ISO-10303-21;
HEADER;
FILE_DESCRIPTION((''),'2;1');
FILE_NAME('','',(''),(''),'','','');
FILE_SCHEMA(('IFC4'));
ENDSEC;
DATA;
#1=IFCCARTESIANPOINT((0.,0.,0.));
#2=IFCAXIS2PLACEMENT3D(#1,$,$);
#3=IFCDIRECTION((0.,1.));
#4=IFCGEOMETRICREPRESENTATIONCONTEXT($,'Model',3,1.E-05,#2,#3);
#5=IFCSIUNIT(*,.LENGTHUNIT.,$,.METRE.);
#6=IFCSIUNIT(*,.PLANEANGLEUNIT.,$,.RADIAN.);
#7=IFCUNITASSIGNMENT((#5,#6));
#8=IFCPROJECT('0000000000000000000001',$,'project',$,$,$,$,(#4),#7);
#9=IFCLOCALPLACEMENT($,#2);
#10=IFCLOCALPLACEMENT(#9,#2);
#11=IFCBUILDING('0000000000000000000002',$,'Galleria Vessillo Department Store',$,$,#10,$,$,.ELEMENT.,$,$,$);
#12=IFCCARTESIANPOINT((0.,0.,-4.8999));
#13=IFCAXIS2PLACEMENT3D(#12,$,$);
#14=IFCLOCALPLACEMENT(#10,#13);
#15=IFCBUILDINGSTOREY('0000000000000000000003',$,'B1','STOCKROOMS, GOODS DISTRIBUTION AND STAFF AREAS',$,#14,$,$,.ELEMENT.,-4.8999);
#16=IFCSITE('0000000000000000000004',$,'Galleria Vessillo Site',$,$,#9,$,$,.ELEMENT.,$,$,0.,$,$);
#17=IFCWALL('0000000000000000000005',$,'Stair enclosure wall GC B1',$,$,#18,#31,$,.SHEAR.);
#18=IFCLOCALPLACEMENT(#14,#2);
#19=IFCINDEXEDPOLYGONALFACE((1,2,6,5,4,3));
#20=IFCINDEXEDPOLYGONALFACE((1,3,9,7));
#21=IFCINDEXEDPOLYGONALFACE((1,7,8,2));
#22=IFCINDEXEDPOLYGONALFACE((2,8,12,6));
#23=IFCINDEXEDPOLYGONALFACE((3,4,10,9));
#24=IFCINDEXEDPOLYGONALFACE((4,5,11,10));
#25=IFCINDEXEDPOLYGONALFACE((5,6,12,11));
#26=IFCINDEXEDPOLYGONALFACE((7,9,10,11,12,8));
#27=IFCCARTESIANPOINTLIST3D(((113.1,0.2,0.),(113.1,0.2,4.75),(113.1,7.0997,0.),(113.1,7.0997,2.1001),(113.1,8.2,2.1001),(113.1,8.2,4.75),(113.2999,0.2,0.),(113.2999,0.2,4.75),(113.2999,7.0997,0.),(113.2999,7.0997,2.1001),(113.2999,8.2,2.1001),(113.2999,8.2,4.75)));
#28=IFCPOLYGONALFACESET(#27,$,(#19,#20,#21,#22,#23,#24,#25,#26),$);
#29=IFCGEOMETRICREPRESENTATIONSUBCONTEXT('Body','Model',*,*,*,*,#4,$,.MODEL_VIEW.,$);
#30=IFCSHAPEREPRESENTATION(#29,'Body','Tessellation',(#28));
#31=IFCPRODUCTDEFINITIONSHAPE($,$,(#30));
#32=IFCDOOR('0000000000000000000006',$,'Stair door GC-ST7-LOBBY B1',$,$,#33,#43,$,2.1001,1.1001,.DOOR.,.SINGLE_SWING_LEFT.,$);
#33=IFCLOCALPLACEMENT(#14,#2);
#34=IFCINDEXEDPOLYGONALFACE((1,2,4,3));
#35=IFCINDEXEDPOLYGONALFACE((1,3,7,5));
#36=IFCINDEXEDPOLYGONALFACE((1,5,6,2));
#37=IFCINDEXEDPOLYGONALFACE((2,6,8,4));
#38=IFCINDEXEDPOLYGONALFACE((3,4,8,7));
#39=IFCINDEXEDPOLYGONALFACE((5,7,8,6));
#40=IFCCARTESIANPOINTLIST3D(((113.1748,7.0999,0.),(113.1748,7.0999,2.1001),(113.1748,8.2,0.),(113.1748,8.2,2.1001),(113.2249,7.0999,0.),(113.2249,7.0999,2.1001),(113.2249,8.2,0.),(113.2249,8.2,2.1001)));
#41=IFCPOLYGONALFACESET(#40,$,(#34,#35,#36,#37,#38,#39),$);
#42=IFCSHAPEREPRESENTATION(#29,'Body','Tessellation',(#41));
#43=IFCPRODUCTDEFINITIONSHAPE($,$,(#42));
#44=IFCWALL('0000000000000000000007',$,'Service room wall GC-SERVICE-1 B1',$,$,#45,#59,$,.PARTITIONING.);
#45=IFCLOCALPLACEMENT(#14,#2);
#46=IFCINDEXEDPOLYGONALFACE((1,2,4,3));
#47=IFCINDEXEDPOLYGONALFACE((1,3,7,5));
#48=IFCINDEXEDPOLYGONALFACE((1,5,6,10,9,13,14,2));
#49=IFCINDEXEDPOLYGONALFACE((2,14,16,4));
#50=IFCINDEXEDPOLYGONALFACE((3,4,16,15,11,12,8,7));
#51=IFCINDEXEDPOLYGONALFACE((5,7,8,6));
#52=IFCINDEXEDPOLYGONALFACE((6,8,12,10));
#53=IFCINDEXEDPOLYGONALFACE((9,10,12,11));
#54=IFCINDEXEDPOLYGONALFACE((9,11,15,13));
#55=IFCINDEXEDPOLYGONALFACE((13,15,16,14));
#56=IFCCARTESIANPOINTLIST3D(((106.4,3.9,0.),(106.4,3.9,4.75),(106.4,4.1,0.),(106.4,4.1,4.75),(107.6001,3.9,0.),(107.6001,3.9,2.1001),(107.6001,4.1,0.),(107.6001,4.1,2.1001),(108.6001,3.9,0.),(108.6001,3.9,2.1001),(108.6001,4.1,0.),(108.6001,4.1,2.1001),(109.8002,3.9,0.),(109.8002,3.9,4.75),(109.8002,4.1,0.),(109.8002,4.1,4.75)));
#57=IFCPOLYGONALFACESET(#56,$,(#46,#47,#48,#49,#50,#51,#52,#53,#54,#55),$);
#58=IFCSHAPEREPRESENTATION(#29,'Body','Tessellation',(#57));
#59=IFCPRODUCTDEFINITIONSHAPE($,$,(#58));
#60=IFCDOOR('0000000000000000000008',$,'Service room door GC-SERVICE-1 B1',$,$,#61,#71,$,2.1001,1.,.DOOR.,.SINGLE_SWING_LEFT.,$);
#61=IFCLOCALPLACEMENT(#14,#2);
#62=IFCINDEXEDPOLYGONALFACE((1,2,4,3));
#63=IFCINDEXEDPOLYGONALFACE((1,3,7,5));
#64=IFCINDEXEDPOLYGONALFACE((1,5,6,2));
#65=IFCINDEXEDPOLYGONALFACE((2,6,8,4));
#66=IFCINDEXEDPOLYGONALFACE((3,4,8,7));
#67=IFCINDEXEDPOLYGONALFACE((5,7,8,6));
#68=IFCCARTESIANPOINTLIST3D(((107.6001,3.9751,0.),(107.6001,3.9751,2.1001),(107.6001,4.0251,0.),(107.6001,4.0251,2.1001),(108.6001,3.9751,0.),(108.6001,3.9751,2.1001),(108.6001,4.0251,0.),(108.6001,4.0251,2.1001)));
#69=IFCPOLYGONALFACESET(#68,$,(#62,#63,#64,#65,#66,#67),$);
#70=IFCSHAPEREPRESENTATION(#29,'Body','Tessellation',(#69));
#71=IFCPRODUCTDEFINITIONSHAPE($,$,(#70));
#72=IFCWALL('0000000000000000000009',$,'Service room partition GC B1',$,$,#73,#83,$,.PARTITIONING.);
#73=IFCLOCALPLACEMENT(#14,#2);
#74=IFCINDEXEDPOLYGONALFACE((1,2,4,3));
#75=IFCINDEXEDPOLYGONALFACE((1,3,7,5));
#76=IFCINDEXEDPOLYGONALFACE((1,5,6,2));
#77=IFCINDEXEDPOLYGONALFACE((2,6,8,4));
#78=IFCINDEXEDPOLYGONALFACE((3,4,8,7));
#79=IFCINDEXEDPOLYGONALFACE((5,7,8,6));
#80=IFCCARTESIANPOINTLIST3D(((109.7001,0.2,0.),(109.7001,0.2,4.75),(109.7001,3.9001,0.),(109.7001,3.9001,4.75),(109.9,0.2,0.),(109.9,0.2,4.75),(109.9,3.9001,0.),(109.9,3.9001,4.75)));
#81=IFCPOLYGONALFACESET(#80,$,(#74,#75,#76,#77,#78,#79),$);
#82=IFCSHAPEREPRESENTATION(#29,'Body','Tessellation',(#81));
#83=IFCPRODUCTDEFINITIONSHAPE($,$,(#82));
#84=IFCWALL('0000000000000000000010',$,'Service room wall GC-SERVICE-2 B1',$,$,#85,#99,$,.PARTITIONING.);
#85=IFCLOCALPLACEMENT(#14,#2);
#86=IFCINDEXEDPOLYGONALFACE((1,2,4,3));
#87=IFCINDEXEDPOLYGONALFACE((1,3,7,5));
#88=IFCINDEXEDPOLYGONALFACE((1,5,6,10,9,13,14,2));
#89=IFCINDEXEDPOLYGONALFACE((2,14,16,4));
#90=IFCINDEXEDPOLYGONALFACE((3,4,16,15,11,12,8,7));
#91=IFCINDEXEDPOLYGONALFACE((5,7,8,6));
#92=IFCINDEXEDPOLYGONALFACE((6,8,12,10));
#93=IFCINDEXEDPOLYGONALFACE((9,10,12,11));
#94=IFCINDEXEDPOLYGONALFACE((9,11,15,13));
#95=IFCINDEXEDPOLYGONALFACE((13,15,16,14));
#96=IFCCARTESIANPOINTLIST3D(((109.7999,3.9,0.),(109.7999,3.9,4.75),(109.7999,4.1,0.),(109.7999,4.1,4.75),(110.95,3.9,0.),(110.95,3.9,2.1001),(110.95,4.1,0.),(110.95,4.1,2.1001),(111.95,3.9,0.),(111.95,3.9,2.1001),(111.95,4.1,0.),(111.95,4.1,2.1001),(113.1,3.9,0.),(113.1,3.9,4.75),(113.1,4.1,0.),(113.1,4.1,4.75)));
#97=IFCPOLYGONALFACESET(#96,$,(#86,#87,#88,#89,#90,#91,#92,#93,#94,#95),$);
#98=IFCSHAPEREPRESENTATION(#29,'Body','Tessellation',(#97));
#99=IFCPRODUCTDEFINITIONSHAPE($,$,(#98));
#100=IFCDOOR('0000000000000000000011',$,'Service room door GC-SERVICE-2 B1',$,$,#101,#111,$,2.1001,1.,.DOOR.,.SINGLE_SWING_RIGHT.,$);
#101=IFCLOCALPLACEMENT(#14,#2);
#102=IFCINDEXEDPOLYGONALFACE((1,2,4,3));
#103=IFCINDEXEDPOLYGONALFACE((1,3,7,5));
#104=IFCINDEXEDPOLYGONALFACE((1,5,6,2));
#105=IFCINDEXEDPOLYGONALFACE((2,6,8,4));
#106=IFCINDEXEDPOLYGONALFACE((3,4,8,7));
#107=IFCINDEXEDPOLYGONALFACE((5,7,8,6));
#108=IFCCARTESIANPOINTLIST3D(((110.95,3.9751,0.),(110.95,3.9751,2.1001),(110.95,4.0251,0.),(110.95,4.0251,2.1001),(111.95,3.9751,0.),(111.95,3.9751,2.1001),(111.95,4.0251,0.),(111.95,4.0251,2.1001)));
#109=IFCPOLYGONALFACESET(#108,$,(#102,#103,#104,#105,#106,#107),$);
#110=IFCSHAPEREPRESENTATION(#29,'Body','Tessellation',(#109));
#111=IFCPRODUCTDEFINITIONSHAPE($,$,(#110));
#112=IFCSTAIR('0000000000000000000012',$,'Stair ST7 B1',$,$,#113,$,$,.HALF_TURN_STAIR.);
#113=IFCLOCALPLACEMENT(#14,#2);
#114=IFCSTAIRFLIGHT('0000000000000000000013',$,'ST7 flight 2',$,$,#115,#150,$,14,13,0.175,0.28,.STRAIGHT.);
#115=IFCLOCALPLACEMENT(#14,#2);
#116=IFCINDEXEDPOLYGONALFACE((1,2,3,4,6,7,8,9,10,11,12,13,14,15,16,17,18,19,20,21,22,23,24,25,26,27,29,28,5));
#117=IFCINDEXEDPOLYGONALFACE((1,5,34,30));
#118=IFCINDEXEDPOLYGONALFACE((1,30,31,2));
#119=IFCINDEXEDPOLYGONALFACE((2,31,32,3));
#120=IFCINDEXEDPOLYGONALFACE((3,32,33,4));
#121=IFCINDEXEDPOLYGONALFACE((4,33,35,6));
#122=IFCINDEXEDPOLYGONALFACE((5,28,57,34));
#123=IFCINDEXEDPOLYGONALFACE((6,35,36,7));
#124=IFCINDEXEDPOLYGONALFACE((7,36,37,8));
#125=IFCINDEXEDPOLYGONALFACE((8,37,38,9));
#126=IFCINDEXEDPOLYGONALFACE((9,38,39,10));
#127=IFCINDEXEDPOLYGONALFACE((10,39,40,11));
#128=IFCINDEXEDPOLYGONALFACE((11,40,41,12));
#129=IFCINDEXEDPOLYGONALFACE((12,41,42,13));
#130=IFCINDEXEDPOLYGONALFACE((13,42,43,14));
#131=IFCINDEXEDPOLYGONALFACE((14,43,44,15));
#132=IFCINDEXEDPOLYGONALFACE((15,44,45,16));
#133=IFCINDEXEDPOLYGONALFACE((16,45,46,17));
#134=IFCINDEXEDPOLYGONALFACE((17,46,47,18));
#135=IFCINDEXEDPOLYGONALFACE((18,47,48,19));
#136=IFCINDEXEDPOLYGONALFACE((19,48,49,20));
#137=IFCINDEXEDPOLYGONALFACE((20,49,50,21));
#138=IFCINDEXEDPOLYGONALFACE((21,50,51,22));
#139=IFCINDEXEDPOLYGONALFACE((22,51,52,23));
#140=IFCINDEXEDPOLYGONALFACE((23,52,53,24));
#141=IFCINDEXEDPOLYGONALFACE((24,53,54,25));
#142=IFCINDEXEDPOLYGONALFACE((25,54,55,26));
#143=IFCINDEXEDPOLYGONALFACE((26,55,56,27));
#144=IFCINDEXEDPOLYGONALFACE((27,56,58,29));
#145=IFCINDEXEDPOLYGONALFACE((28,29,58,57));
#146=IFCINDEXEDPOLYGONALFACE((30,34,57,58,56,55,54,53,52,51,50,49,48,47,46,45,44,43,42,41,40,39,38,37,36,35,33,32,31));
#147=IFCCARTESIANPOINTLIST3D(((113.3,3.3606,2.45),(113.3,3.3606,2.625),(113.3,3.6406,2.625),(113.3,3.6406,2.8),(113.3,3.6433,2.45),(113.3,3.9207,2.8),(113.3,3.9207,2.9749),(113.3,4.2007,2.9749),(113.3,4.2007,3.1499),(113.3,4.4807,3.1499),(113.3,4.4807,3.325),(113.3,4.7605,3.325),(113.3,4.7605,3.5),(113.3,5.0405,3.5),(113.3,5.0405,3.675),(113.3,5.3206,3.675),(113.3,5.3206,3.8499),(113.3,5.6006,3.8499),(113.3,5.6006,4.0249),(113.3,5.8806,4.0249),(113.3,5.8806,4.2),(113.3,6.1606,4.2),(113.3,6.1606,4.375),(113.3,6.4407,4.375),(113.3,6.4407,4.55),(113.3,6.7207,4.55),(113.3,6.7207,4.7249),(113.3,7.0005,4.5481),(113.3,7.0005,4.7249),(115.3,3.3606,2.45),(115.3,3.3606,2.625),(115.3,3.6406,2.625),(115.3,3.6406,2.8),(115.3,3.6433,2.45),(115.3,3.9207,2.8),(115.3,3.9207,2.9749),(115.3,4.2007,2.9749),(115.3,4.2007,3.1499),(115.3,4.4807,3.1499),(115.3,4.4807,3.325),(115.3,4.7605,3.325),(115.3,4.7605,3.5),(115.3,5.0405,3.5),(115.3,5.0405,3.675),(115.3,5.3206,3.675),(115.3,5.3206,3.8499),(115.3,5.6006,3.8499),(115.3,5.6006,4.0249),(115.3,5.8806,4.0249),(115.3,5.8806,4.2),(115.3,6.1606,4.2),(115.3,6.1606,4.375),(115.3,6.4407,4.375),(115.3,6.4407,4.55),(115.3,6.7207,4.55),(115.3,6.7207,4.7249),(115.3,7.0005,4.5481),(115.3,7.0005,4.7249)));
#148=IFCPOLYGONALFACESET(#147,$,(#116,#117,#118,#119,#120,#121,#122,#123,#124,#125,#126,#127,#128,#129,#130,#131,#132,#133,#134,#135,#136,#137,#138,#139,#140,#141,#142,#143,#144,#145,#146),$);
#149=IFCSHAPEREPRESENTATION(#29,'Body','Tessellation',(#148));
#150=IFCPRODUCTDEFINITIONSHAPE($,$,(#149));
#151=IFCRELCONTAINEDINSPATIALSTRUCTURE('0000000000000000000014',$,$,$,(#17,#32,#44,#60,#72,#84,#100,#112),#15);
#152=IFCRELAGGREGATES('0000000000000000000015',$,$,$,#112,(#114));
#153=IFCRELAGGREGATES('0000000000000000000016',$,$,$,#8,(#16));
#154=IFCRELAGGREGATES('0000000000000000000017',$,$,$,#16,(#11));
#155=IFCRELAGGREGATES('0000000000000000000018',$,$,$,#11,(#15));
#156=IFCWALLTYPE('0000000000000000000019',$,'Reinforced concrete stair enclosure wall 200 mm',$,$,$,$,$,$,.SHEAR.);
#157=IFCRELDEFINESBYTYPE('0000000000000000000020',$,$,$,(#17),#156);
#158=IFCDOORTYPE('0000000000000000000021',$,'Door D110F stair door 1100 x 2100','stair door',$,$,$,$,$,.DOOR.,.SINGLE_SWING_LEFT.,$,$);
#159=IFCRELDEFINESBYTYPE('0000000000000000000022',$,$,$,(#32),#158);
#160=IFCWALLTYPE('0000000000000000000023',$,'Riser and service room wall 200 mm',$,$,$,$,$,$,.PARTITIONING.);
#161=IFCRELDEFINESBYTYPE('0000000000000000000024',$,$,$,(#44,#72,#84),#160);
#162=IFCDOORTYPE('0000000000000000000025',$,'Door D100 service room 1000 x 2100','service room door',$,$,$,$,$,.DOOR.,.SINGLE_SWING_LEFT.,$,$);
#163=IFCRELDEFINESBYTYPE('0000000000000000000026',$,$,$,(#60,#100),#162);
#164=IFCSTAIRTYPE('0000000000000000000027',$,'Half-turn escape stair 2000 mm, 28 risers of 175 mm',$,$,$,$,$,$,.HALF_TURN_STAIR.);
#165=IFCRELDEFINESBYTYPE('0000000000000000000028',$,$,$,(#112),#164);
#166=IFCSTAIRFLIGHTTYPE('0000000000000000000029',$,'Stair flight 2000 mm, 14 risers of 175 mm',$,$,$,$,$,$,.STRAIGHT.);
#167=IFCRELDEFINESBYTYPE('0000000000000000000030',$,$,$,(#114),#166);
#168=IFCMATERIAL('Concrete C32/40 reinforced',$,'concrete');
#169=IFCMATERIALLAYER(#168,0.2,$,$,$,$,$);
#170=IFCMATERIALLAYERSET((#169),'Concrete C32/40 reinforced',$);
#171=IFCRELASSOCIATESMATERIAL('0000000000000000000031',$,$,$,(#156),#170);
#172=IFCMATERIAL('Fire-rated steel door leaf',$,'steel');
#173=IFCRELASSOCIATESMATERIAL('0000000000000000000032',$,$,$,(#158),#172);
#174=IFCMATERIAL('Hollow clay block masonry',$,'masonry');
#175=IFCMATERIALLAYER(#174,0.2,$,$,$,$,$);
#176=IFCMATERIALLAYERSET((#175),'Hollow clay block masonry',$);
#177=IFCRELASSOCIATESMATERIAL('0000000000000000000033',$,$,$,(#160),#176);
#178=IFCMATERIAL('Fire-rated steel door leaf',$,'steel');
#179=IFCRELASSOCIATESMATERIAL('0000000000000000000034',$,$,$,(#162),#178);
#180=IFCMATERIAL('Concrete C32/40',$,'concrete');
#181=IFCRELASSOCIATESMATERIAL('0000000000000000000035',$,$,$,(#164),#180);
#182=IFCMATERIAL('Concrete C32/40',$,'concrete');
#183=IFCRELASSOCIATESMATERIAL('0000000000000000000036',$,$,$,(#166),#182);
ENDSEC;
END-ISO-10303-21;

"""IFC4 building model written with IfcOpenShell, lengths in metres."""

from ifc_helpers import new_model, si_unit, direction, frame, frame_2d, origin, place, context, subcontext, project, spatial, polyline, rectangle, outline, extrude, material, layer, layer_set, type_object, element, fill, aggregate, save


model = new_model("IFC4")

# Units and contexts
model_context = context("Model", 3, precision=1e-05, world=origin(), true_north=direction((0.0, 1.0)))
body_context = subcontext(model_context, "Body", "Model", "MODEL_VIEW")
ifc_project = project(units=[si_unit("LENGTHUNIT", "METRE"), si_unit("PLANEANGLEUNIT", "RADIAN")], contexts=[model_context])

# Site, building, storey
site_placement = place(None, origin())
site = spatial("IfcSite", under=ifc_project, at=site_placement, Name="Galleria Vessillo Site", CompositionType="ELEMENT", RefElevation=0.0)
building_placement = place(site_placement, origin())
building = spatial("IfcBuilding", under=site, at=building_placement, Name="Galleria Vessillo Department Store", CompositionType="ELEMENT")
storey_placement = place(building_placement, frame((0.0, 0.0, -4.8999)))
storey = spatial("IfcBuildingStorey", under=building, at=storey_placement, Name="B1", Description="STOCKROOMS, GOODS DISTRIBUTION AND STAFF AREAS", CompositionType="ELEMENT", Elevation=-4.8999)

# Walls, openings, doors
ifc_material_1 = material(Name="Concrete C32/40 reinforced", Category="concrete")
ifc_layer_1 = layer(ifc_material_1, 0.2)
ifc_layer_set_1 = layer_set([ifc_layer_1], Name="Concrete C32/40 reinforced")
wall_type_1 = type_object("IfcWallType", Name="Reinforced concrete stair enclosure wall 200 mm", PredefinedType="SHEAR", material=ifc_layer_set_1)
wall_1_placement = place(storey_placement, frame((113.2, 0.2, 0.0), z_axis=(0.0, 0.0, 1.0), x_axis=(0.0, 1.0, 0.0)))
wall_1 = element("IfcWall", 1, at=wall_1_placement, inside=storey, type_object=wall_type_1, Name="Stair enclosure wall GC B1", PredefinedType="SHEAR", context=body_context, shape_type="SweptSolid", body=[
    extrude(rectangle(XDim=8.0, YDim=0.2, at=frame_2d((4.0, 0.0))), origin(), (0.0, 0.0, 1.0), 4.75),
])
opening_1_placement = place(wall_1_placement, frame((6.8999, 0.0, 0.0)))
opening_1 = element("IfcOpeningElement", 2, at=opening_1_placement, cuts=wall_1, PredefinedType="OPENING", context=body_context, shape_type="SweptSolid", body=[
    extrude(rectangle(XDim=1.1101, YDim=2.1001, at=frame_2d((0.5549, 1.05))), frame((0.0, 0.1099, 0.0), z_axis=(0.0, -1.0, 0.0), x_axis=(1.0, 0.0, 0.0)), (0.0, 0.0, 1.0), 0.22),
])
ifc_material_2 = material(Name="Fire-rated steel door leaf", Category="steel")
door_type_1 = type_object("IfcDoorType", Name="Door D110F stair door 1100 x 2100", Description="stair door", OperationType="SINGLE_SWING_LEFT", PredefinedType="DOOR", material=ifc_material_2)
door_1_placement = place(opening_1_placement, frame((1.1001, 0.0, 0.0), z_axis=(0.0, 0.0, 1.0), x_axis=(-1.0, 0.0, 0.0)))
door_1 = element("IfcDoor", 3, at=door_1_placement, inside=storey, type_object=door_type_1, Name="Stair door GC-ST7-LOBBY B1", OperationType="SINGLE_SWING_LEFT", OverallHeight=2.1001, OverallWidth=1.1001, PredefinedType="DOOR", context=body_context, shape_type="SweptSolid", body=[
    extrude(rectangle(XDim=1.1001, YDim=2.1001, at=frame_2d((0.55, 1.05))), frame((0.0, 0.0249, 0.0), z_axis=(0.0, -1.0, 0.0), x_axis=(1.0, 0.0, 0.0)), (0.0, 0.0, 1.0), 0.05),
])
fill(opening_1, door_1)
ifc_material_3 = material(Name="Hollow clay block masonry", Category="masonry")
ifc_layer_2 = layer(ifc_material_3, 0.2)
ifc_layer_set_2 = layer_set([ifc_layer_2], Name="Hollow clay block masonry")
wall_type_2 = type_object("IfcWallType", Name="Riser and service room wall 200 mm", PredefinedType="PARTITIONING", material=ifc_layer_set_2)
wall_2_placement = place(storey_placement, frame((106.3999, 4.0, 0.0), z_axis=(0.0, 0.0, 1.0), x_axis=(1.0, 0.0, 0.0)))
wall_2 = element("IfcWall", 4, at=wall_2_placement, inside=storey, type_object=wall_type_2, Name="Service room wall GC-SERVICE-1 B1", PredefinedType="PARTITIONING", context=body_context, shape_type="SweptSolid", body=[
    extrude(rectangle(XDim=3.4001, YDim=0.2, at=frame_2d((1.7002, 0.0))), origin(), (0.0, 0.0, 1.0), 4.75),
])
opening_2_placement = place(wall_2_placement, frame((1.2002, 0.0, 0.0)))
opening_2 = element("IfcOpeningElement", 5, at=opening_2_placement, cuts=wall_2, PredefinedType="OPENING", context=body_context, shape_type="SweptSolid", body=[
    extrude(rectangle(XDim=1.0, YDim=2.1001, at=frame_2d((0.5, 1.05))), frame((0.0, 0.1099, 0.0), z_axis=(0.0, -1.0, 0.0), x_axis=(1.0, 0.0, 0.0)), (0.0, 0.0, 1.0), 0.22),
])
ifc_material_4 = material(Name="Fire-rated steel door leaf", Category="steel")
door_type_2 = type_object("IfcDoorType", Name="Door D100 service room 1000 x 2100", Description="service room door", OperationType="SINGLE_SWING_LEFT", PredefinedType="DOOR", material=ifc_material_4)
door_2_placement = place(opening_2_placement, frame((1.0, 0.0, 0.0), z_axis=(0.0, 0.0, 1.0), x_axis=(-1.0, 0.0, 0.0)))
door_2 = element("IfcDoor", 6, at=door_2_placement, inside=storey, type_object=door_type_2, Name="Service room door GC-SERVICE-1 B1", OperationType="SINGLE_SWING_LEFT", OverallHeight=2.1001, OverallWidth=1.0, PredefinedType="DOOR", context=body_context, shape_type="SweptSolid", body=[
    extrude(rectangle(XDim=1.0, YDim=2.1001, at=frame_2d((0.5, 1.05))), frame((0.0, 0.0249, 0.0), z_axis=(0.0, -1.0, 0.0), x_axis=(1.0, 0.0, 0.0)), (0.0, 0.0, 1.0), 0.05),
])
fill(opening_2, door_2)

# Wall
wall_3_placement = place(storey_placement, frame((109.8, 0.2, 0.0), z_axis=(0.0, 0.0, 1.0), x_axis=(0.0, 1.0, 0.0)))
element("IfcWall", 7, at=wall_3_placement, inside=storey, type_object=wall_type_2, Name="Service room partition GC B1", PredefinedType="PARTITIONING", context=body_context, shape_type="SweptSolid", body=[
    extrude(rectangle(XDim=3.7002, YDim=0.2, at=frame_2d((1.8501, 0.0))), origin(), (0.0, 0.0, 1.0), 4.75),
])

# Wall, opening, door
wall_4_placement = place(storey_placement, frame((109.8, 4.0, 0.0), z_axis=(0.0, 0.0, 1.0), x_axis=(1.0, 0.0, 0.0)))
wall_4 = element("IfcWall", 8, at=wall_4_placement, inside=storey, type_object=wall_type_2, Name="Service room wall GC-SERVICE-2 B1", PredefinedType="PARTITIONING", context=body_context, shape_type="SweptSolid", body=[
    extrude(rectangle(XDim=3.3, YDim=0.2, at=frame_2d((1.6499, 0.0))), origin(), (0.0, 0.0, 1.0), 4.75),
])
opening_3_placement = place(wall_4_placement, frame((1.1499, 0.0, 0.0)))
opening_3 = element("IfcOpeningElement", 9, at=opening_3_placement, cuts=wall_4, PredefinedType="OPENING", context=body_context, shape_type="SweptSolid", body=[
    extrude(rectangle(XDim=1.0, YDim=2.1001, at=frame_2d((0.5, 1.05))), frame((0.0, 0.1099, 0.0), z_axis=(0.0, -1.0, 0.0), x_axis=(1.0, 0.0, 0.0)), (0.0, 0.0, 1.0), 0.22),
])
door_3_placement = place(opening_3_placement, frame((1.0, 0.0, 0.0), z_axis=(0.0, 0.0, 1.0), x_axis=(-1.0, 0.0, 0.0)))
door_3 = element("IfcDoor", 10, at=door_3_placement, inside=storey, type_object=door_type_2, Name="Service room door GC-SERVICE-2 B1", OperationType="SINGLE_SWING_RIGHT", OverallHeight=2.1001, OverallWidth=1.0, PredefinedType="DOOR", context=body_context, shape_type="SweptSolid", body=[
    extrude(rectangle(XDim=1.0, YDim=2.1001, at=frame_2d((0.5, 1.05))), frame((0.0, 0.0249, 0.0), z_axis=(0.0, -1.0, 0.0), x_axis=(1.0, 0.0, 0.0)), (0.0, 0.0, 1.0), 0.05),
])
fill(opening_3, door_3)

# Stair, stair flight
ifc_material_5 = material(Name="Concrete C32/40", Category="concrete")
stair_type = type_object("IfcStairType", Name="Half-turn escape stair 2000 mm, 28 risers of 175 mm", PredefinedType="HALF_TURN_STAIR", material=ifc_material_5)
stair_placement = place(storey_placement, origin())
stair = element("IfcStair", 11, at=stair_placement, inside=storey, type_object=stair_type, Name="Stair ST7 B1", PredefinedType="HALF_TURN_STAIR")
ifc_material_6 = material(Name="Concrete C32/40", Category="concrete")
stair_flight_type = type_object("IfcStairFlightType", Name="Stair flight 2000 mm, 14 risers of 175 mm", PredefinedType="STRAIGHT", material=ifc_material_6)
stair_flight_placement = place(storey_placement, frame((114.3, 3.3606, 2.45), z_axis=(0.0, 0.0, 1.0), x_axis=(0.0, 1.0, 0.0)))
stair_flight = element("IfcStairFlight", 12, at=stair_flight_placement, type_object=stair_flight_type, Name="ST7 flight 2", NumberOfRisers=14, NumberOfTreads=13, PredefinedType="STRAIGHT", RiserHeight=0.175, TreadLength=0.28, context=body_context, shape_type="SweptSolid", body=[
    extrude(outline(polyline([(0.0, 0.0), (0.0, 0.175), (0.28, 0.175), (0.28, 0.3501), (0.5601, 0.3501), (0.5601, 0.5249), (0.8401, 0.5249), (0.8401, 0.7), (1.1201, 0.7), (1.1201, 0.875), (1.3999, 0.875), (1.3999, 1.05), (1.6799, 1.05), (1.6799, 1.2251), (1.96, 1.2251), (1.96, 1.3999), (2.24, 1.3999), (2.24, 1.575), (2.52, 1.575), (2.52, 1.75), (2.8, 1.75), (2.8, 1.925), (3.0801, 1.925), (3.0801, 2.1001), (3.3601, 2.1001), (3.3601, 2.2749), (3.6399, 2.2749), (3.6399, 2.45), (3.6399, 2.0981), (0.2827, 0.0), (0.0, 0.0)])), frame((0.0, 1.0, 0.0), z_axis=(0.0, -1.0, 0.0), x_axis=(1.0, 0.0, 0.0)), (0.0, 0.0, 1.0), 2.0),
])
aggregate(stair, [stair_flight])

save(model, "model.ifc")
